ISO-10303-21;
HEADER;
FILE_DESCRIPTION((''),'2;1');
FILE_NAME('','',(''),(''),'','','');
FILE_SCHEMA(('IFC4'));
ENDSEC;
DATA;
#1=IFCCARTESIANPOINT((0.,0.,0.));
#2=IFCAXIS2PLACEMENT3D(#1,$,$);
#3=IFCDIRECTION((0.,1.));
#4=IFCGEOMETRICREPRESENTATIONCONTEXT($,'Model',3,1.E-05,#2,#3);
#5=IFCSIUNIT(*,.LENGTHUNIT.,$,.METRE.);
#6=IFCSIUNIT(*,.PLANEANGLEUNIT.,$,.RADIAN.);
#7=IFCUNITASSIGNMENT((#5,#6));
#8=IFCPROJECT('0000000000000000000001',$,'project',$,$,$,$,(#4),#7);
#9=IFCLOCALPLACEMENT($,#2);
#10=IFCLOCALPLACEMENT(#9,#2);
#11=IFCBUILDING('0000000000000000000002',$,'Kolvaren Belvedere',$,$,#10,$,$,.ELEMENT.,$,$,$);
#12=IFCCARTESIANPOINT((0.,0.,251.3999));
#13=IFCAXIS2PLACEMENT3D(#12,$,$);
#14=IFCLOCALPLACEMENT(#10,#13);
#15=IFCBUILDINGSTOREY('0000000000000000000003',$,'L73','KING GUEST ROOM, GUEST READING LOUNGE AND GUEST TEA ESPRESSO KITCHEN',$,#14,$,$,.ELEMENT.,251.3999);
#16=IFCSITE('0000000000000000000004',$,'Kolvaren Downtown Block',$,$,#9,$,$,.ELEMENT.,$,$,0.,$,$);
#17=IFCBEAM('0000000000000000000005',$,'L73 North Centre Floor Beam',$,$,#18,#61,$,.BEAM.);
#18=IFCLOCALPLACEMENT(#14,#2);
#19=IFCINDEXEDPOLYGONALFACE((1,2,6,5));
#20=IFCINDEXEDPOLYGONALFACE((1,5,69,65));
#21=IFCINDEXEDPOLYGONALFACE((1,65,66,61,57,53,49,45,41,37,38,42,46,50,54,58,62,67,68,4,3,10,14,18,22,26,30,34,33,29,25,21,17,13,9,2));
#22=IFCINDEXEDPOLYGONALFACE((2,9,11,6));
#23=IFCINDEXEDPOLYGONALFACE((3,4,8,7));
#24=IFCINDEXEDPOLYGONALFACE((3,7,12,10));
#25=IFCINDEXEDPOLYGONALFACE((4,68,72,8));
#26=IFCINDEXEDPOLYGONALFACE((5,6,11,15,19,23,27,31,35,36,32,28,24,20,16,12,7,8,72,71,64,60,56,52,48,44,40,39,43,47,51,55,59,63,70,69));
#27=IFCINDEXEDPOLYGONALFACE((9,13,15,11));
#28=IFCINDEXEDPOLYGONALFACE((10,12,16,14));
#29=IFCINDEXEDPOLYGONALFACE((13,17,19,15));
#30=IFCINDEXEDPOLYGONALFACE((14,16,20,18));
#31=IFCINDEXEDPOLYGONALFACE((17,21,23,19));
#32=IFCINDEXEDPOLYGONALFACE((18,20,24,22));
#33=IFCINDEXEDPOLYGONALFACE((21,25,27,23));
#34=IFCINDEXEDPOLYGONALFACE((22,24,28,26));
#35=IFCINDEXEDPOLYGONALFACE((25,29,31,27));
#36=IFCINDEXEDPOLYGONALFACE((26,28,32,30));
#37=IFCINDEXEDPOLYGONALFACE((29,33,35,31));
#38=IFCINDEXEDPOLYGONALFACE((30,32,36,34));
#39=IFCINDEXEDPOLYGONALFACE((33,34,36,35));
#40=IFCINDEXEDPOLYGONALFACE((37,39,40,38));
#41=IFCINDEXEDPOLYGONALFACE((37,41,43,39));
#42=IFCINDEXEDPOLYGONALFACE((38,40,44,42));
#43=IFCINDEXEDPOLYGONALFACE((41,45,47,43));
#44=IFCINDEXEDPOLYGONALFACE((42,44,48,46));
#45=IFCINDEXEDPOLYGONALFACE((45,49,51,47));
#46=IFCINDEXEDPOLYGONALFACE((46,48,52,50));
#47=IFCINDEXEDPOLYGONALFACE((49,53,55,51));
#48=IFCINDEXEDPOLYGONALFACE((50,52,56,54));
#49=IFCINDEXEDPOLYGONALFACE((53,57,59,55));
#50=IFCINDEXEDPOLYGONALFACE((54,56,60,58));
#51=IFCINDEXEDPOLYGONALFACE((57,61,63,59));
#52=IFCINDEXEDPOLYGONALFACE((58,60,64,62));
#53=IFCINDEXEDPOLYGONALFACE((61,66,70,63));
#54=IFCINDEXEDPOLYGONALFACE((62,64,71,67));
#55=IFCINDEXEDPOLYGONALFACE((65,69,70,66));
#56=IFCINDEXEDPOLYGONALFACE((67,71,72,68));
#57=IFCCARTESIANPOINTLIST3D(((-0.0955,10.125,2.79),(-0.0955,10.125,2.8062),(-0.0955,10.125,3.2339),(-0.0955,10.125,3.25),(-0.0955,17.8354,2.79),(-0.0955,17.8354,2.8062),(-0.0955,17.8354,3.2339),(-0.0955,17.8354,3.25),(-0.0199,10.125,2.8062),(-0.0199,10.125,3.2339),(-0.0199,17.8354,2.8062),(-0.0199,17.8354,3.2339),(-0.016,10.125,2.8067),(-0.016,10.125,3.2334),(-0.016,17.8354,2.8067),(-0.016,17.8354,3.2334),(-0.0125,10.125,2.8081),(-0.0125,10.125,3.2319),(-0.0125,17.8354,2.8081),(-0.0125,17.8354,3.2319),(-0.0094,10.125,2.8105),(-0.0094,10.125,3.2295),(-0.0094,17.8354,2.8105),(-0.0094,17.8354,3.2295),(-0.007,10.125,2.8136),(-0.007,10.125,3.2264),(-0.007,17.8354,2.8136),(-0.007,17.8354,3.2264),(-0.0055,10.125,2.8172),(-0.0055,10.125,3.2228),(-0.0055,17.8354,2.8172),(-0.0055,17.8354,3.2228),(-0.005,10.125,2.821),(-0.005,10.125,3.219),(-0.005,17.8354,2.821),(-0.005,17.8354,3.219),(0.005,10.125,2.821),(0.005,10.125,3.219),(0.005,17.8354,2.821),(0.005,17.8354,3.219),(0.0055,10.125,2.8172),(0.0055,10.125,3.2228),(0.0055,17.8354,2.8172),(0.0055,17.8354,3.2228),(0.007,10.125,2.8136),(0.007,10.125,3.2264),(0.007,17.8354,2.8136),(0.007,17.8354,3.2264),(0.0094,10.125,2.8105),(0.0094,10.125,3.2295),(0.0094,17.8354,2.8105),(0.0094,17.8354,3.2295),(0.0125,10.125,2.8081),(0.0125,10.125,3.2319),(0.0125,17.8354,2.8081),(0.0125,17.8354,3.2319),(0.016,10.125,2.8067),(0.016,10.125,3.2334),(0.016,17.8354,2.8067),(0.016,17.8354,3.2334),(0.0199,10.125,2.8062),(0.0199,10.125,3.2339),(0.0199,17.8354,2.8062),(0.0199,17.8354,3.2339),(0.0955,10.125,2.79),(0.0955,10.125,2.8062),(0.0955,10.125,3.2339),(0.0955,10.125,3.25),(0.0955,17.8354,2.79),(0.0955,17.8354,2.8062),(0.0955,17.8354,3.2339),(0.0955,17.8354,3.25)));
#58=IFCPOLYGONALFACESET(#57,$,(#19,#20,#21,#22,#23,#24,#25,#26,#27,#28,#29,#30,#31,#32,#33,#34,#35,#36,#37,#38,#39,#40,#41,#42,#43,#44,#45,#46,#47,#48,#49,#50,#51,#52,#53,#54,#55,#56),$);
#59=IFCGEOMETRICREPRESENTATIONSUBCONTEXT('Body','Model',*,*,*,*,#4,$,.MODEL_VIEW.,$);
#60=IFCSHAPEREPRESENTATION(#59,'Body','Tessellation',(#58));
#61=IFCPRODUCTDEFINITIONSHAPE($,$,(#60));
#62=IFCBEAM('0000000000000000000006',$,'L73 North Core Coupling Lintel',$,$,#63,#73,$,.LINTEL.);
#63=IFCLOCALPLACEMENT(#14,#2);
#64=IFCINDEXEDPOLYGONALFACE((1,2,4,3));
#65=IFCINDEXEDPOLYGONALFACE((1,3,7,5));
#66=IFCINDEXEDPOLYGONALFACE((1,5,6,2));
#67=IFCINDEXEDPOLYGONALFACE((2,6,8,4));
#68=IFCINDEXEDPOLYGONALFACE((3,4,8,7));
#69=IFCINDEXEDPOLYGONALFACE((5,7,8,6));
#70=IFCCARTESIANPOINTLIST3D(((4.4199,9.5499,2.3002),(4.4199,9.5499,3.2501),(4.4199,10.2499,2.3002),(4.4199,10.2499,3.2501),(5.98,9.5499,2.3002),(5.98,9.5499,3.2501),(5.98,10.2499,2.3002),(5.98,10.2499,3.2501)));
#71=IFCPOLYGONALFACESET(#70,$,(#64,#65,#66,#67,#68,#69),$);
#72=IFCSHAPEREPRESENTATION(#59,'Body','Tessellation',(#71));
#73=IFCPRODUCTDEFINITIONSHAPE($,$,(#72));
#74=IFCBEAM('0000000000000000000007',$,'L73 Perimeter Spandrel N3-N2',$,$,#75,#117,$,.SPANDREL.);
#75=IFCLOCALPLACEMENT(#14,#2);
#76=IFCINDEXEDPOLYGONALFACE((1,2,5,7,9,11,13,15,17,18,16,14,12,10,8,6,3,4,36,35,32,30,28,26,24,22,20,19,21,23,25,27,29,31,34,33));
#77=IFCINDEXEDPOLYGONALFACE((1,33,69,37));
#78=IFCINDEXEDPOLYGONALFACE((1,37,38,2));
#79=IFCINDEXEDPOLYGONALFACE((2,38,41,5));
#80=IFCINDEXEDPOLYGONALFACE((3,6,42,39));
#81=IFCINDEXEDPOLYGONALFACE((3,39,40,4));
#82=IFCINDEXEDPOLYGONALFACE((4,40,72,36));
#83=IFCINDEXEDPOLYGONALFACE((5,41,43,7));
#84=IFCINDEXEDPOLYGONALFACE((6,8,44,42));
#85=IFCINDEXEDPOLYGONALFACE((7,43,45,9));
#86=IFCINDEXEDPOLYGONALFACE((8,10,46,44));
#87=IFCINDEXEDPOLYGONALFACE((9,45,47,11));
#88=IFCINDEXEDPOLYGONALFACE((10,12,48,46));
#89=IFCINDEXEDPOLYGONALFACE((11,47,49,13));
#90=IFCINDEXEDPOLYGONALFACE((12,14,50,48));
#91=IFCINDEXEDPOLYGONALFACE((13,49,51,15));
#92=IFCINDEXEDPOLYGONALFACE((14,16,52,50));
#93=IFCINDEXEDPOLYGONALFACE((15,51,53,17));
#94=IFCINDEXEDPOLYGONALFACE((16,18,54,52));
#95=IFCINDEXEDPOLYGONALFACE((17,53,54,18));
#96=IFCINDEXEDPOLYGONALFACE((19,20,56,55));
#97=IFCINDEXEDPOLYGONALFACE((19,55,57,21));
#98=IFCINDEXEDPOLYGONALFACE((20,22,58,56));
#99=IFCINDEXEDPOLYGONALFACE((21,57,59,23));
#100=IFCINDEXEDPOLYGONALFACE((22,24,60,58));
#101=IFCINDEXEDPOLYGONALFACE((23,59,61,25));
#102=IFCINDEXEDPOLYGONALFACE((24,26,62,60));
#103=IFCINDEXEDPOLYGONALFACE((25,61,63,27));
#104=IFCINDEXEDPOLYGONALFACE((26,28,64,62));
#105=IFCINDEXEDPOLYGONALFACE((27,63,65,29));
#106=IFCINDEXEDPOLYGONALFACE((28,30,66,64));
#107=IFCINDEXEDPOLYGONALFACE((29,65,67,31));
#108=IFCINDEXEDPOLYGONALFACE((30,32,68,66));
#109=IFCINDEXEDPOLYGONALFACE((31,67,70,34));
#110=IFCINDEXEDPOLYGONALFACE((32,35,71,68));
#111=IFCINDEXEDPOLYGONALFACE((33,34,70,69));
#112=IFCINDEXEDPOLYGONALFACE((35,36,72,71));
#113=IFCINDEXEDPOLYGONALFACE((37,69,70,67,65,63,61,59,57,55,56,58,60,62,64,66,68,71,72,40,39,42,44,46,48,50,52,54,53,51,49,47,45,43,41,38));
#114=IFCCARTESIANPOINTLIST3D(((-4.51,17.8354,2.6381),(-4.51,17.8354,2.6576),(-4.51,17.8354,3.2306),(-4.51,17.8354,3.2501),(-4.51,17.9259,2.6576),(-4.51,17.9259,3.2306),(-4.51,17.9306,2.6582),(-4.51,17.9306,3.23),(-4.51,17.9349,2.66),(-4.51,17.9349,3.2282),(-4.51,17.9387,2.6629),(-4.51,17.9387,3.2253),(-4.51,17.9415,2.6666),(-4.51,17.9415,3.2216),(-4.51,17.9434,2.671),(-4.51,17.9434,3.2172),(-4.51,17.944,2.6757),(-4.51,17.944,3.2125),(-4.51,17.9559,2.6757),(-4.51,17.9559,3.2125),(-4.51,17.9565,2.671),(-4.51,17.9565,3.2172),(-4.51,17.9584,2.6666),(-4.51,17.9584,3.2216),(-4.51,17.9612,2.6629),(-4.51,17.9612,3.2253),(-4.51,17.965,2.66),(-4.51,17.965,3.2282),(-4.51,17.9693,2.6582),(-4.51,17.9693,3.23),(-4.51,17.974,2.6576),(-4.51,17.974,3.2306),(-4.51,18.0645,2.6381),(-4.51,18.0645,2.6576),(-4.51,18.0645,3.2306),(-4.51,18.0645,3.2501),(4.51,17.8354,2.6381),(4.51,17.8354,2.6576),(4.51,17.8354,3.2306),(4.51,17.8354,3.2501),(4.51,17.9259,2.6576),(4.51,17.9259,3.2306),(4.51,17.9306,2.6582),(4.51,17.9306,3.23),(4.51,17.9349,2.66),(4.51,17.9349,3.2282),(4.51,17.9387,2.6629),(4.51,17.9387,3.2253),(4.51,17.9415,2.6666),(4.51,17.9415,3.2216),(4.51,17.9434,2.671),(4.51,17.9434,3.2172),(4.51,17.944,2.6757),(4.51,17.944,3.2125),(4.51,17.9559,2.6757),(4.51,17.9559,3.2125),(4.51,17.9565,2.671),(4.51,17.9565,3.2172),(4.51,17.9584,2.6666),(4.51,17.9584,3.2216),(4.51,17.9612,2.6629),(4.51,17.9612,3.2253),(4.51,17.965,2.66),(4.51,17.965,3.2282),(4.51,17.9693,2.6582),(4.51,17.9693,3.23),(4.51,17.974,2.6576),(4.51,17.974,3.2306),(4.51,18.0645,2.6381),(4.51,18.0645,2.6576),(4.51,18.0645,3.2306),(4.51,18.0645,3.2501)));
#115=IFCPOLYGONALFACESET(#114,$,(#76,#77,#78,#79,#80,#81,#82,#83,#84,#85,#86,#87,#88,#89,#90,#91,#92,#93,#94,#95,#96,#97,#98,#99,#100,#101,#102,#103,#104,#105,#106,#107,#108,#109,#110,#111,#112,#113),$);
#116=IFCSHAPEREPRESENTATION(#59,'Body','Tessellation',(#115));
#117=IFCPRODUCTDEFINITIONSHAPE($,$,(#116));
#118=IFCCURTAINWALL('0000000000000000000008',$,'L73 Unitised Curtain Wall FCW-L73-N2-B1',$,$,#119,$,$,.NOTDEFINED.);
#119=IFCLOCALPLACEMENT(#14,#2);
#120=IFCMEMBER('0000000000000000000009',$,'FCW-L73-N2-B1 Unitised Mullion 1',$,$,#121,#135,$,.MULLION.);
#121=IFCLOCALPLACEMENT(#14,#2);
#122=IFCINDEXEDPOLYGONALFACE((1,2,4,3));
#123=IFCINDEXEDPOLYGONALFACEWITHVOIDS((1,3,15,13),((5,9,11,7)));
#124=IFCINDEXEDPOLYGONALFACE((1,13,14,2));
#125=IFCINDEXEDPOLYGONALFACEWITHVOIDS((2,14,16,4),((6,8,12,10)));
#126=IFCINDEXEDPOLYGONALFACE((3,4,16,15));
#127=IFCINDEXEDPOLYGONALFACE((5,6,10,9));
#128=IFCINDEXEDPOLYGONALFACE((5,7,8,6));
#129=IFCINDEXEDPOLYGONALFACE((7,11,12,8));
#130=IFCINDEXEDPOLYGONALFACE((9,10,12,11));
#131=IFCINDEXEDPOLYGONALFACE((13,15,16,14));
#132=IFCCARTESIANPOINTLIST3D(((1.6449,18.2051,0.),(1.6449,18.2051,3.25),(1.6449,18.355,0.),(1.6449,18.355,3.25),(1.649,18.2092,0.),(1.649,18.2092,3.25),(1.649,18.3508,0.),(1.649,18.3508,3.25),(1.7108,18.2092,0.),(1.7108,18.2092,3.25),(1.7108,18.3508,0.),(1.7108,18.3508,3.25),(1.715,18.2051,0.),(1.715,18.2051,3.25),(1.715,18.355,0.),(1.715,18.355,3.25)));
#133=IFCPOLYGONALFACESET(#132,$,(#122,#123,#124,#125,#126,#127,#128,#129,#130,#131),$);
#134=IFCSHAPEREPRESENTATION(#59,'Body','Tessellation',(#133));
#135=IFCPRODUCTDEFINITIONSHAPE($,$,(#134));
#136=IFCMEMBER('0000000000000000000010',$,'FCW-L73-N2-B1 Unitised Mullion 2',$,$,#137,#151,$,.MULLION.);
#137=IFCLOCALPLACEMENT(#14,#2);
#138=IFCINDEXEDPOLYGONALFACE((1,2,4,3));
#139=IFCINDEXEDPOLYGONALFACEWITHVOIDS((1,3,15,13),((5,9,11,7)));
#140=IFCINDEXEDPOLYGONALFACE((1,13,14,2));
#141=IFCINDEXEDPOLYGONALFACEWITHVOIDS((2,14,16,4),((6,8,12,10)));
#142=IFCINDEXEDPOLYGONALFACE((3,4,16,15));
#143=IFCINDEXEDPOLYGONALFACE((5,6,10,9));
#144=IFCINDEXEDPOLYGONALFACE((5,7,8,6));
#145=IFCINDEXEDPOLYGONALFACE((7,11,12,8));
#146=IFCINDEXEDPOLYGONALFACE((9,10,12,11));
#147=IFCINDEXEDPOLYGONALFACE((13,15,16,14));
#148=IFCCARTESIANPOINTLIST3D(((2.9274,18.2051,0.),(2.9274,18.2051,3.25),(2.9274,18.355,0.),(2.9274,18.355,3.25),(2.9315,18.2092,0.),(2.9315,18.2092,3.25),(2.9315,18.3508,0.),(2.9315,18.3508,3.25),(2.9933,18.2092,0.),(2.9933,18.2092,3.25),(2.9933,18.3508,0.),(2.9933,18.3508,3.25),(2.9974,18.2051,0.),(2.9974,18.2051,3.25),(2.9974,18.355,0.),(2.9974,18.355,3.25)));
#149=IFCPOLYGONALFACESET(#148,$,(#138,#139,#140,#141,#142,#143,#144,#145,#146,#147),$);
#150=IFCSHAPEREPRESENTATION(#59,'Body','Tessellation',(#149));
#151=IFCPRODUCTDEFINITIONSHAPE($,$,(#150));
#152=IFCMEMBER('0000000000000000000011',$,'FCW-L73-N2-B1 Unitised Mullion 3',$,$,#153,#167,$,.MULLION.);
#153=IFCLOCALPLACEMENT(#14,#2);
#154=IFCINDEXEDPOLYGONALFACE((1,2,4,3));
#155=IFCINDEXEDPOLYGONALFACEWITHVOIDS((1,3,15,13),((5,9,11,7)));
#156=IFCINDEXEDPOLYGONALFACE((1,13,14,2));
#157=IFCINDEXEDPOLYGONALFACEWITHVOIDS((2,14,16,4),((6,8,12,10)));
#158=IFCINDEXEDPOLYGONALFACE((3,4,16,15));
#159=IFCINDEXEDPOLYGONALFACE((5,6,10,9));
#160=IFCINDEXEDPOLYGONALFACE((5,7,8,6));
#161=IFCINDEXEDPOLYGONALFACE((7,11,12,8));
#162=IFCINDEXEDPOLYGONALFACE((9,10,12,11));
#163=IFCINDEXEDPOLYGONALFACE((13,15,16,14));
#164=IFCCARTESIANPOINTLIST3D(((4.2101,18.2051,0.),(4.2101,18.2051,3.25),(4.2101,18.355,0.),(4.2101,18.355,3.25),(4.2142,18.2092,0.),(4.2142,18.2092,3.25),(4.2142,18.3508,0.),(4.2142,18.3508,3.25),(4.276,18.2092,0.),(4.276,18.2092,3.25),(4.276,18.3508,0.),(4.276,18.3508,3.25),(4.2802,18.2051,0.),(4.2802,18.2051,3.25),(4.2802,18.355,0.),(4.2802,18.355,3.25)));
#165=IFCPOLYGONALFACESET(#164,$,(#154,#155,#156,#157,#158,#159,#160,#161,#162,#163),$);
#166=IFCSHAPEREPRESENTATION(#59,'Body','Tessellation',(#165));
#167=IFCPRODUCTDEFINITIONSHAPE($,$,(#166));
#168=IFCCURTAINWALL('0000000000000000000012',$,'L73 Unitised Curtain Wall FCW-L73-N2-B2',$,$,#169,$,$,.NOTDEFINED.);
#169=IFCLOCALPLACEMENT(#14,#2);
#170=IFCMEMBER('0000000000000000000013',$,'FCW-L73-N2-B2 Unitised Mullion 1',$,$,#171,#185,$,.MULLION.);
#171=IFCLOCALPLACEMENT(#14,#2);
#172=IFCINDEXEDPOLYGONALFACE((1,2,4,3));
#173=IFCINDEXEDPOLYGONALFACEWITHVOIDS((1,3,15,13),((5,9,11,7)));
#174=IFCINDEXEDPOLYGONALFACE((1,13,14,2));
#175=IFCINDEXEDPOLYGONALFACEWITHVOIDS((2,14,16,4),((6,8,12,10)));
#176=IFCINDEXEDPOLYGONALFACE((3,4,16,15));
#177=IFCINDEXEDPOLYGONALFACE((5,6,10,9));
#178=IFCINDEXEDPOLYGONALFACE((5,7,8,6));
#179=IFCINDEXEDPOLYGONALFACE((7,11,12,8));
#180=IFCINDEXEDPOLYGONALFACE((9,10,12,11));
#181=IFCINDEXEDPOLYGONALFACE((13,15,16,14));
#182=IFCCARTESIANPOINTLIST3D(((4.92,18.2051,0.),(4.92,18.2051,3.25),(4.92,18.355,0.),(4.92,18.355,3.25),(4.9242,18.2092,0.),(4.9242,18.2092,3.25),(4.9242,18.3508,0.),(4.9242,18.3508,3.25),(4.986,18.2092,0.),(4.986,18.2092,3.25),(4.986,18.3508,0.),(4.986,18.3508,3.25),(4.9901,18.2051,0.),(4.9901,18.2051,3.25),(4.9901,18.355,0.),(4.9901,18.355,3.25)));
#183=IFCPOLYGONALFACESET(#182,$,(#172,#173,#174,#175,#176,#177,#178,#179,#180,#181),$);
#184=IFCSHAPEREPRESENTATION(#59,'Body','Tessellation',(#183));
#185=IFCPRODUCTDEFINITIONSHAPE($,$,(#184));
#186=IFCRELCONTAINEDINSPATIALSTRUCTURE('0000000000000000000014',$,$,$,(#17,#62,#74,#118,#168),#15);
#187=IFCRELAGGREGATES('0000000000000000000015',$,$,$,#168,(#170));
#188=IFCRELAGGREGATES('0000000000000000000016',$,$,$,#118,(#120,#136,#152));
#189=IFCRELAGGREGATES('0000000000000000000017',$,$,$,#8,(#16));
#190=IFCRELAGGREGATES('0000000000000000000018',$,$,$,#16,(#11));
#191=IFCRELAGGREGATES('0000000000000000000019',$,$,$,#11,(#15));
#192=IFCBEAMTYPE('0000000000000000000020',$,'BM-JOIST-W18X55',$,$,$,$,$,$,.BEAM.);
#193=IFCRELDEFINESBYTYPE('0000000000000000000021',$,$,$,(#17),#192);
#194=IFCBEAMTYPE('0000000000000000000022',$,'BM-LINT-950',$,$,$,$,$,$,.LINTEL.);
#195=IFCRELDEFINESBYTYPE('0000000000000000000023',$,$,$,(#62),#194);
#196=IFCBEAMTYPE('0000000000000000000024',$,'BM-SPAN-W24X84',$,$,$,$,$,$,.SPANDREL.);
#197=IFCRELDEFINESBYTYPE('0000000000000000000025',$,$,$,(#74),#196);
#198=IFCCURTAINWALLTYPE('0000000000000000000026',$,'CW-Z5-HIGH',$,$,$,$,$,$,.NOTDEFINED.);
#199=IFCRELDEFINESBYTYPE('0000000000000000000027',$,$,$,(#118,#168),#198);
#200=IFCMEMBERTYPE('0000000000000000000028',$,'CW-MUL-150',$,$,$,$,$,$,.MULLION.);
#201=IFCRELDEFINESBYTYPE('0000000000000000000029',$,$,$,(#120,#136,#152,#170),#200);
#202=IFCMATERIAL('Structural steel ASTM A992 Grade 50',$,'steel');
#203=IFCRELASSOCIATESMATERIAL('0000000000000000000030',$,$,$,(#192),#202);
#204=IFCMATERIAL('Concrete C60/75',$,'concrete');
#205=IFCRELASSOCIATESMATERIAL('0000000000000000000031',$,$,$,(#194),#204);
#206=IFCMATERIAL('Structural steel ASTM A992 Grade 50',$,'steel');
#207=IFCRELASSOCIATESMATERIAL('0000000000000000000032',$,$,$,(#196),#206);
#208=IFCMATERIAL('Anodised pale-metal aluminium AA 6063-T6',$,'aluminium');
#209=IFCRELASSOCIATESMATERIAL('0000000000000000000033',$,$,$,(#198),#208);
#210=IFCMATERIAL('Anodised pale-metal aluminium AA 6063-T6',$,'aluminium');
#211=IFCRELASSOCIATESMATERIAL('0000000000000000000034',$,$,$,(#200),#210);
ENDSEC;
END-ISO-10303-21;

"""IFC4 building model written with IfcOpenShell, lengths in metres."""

from ifc_helpers import new_model, si_unit, direction, frame, origin, origin_2d, place, context, subcontext, project, spatial, rectangle, hollow_rectangle, i_section, extrude, material, material_profile, profile_set, type_object, element, aggregate, save


model = new_model("IFC4")

# Units and contexts
model_context = context("Model", 3, precision=1e-05, world=origin(), true_north=direction((0.0, 1.0)))
body_context = subcontext(model_context, "Body", "Model", "MODEL_VIEW")
ifc_project = project(units=[si_unit("LENGTHUNIT", "METRE"), si_unit("PLANEANGLEUNIT", "RADIAN")], contexts=[model_context])

# Site, building, storey
site_placement = place(None, origin())
site = spatial("IfcSite", under=ifc_project, at=site_placement, Name="Kolvaren Downtown Block", CompositionType="ELEMENT", RefElevation=0.0)
building_placement = place(site_placement, origin())
building = spatial("IfcBuilding", under=site, at=building_placement, Name="Kolvaren Belvedere", CompositionType="ELEMENT")
storey_placement = place(building_placement, frame((0.0, 0.0, 251.3999)))
storey = spatial("IfcBuildingStorey", under=building, at=storey_placement, Name="L73", Description="KING GUEST ROOM, GUEST READING LOUNGE AND GUEST TEA ESPRESSO KITCHEN", CompositionType="ELEMENT", Elevation=251.3999)

# Beams
ifc_material_1 = material(Name="Structural steel ASTM A992 Grade 50", Category="steel")
ifc_material_profile_1 = material_profile(ifc_material_1, i_section(OverallWidth=0.1909, OverallDepth=0.46, WebThickness=0.01, FlangeThickness=0.0161, FilletRadius=0.0149, at=origin_2d()), Name="W18X55")
ifc_profile_set_1 = profile_set([ifc_material_profile_1], Name="Structural steel ASTM A992 Grade 50")
beam_type_1 = type_object("IfcBeamType", Name="BM-JOIST-W18X55", PredefinedType="BEAM", material=ifc_profile_set_1)
beam_1_placement = place(storey_placement, frame((0.0, 10.125, 3.02), z_axis=(0.0, 1.0, 0.0), x_axis=(-1.0, 0.0, 0.0)))
element("IfcBeam", 1, at=beam_1_placement, inside=storey, type_object=beam_type_1, Name="L73 North Centre Floor Beam", PredefinedType="BEAM", context=body_context, shape_type="SweptSolid", body=[
    extrude(i_section(OverallWidth=0.1909, OverallDepth=0.46, WebThickness=0.01, FlangeThickness=0.0161, FilletRadius=0.0149, at=origin_2d()), origin(), (0.0, 0.0, 1.0), 7.7104),
])
ifc_material_2 = material(Name="Concrete C60/75", Category="concrete")
ifc_material_profile_2 = material_profile(ifc_material_2, rectangle(XDim=0.7, YDim=0.95, at=origin_2d()), Name="RC 700X950")
ifc_profile_set_2 = profile_set([ifc_material_profile_2], Name="Concrete C60/75")
beam_type_2 = type_object("IfcBeamType", Name="BM-LINT-950", PredefinedType="LINTEL", material=ifc_profile_set_2)
beam_2_placement = place(storey_placement, frame((4.4199, 9.8999, 2.7751), z_axis=(1.0, 0.0, 0.0), x_axis=(0.0, 1.0, 0.0)))
element("IfcBeam", 2, at=beam_2_placement, inside=storey, type_object=beam_type_2, Name="L73 North Core Coupling Lintel", PredefinedType="LINTEL", context=body_context, shape_type="SweptSolid", body=[
    extrude(rectangle(XDim=0.7, YDim=0.95, at=origin_2d()), origin(), (0.0, 0.0, 1.0), 1.5601),
])
ifc_material_3 = material(Name="Structural steel ASTM A992 Grade 50", Category="steel")
ifc_material_profile_3 = material_profile(ifc_material_3, i_section(OverallWidth=0.229, OverallDepth=0.6121, WebThickness=0.012, FlangeThickness=0.0195, FilletRadius=0.0181, at=origin_2d()), Name="W24X84")
ifc_profile_set_3 = profile_set([ifc_material_profile_3], Name="Structural steel ASTM A992 Grade 50")
beam_type_3 = type_object("IfcBeamType", Name="BM-SPAN-W24X84", PredefinedType="SPANDREL", material=ifc_profile_set_3)
beam_3_placement = place(storey_placement, frame((4.51, 17.95, 2.9441), z_axis=(-1.0, 0.0, 0.0), x_axis=(0.0, -1.0, 0.0)))
element("IfcBeam", 3, at=beam_3_placement, inside=storey, type_object=beam_type_3, Name="L73 Perimeter Spandrel N3-N2", PredefinedType="SPANDREL", context=body_context, shape_type="SweptSolid", body=[
    extrude(i_section(OverallWidth=0.229, OverallDepth=0.6121, WebThickness=0.012, FlangeThickness=0.0195, FilletRadius=0.0181, at=origin_2d()), origin(), (0.0, 0.0, 1.0), 9.02),
])

# Curtain wall, members
ifc_material_4 = material(Name="Anodised pale-metal aluminium AA 6063-T6", Category="aluminium")
curtain_wall_type = type_object("IfcCurtainWallType", Name="CW-Z5-HIGH", PredefinedType="NOTDEFINED", material=ifc_material_4)
curtain_wall_1_placement = place(storey_placement, origin())
curtain_wall_1 = element("IfcCurtainWall", 4, at=curtain_wall_1_placement, inside=storey, type_object=curtain_wall_type, Name="L73 Unitised Curtain Wall FCW-L73-N2-B1", PredefinedType="NOTDEFINED")
ifc_material_5 = material(Name="Anodised pale-metal aluminium AA 6063-T6", Category="aluminium")
ifc_material_profile_4 = material_profile(ifc_material_5, hollow_rectangle(XDim=0.0701, YDim=0.1499, WallThickness=0.0042, at=origin_2d()), Name="ALU-MUL-150X70")
ifc_profile_set_4 = profile_set([ifc_material_profile_4], Name="Anodised pale-metal aluminium AA 6063-T6")
member_type_1 = type_object("IfcMemberType", Name="CW-MUL-150", PredefinedType="MULLION", material=ifc_profile_set_4)
member_1_placement = place(storey_placement, frame((1.6799, 18.28, 0.0), z_axis=(0.0, 0.0, 1.0), x_axis=(1.0, 0.0, 0.0)))
member_1 = element("IfcMember", 5, at=member_1_placement, type_object=member_type_1, Name="FCW-L73-N2-B1 Unitised Mullion 1", PredefinedType="MULLION", context=body_context, shape_type="SweptSolid", body=[
    extrude(hollow_rectangle(XDim=0.0701, YDim=0.1499, WallThickness=0.0042, at=origin_2d()), origin(), (0.0, 0.0, 1.0), 3.25),
])
member_2_placement = place(storey_placement, frame((2.9624, 18.28, 0.0), z_axis=(0.0, 0.0, 1.0), x_axis=(1.0, 0.0, 0.0)))
member_2 = element("IfcMember", 6, at=member_2_placement, type_object=member_type_1, Name="FCW-L73-N2-B1 Unitised Mullion 2", PredefinedType="MULLION", context=body_context, shape_type="SweptSolid", body=[
    extrude(hollow_rectangle(XDim=0.0701, YDim=0.1499, WallThickness=0.0042, at=origin_2d()), origin(), (0.0, 0.0, 1.0), 3.25),
])
member_3_placement = place(storey_placement, frame((4.2451, 18.28, 0.0), z_axis=(0.0, 0.0, 1.0), x_axis=(1.0, 0.0, 0.0)))
member_3 = element("IfcMember", 7, at=member_3_placement, type_object=member_type_1, Name="FCW-L73-N2-B1 Unitised Mullion 3", PredefinedType="MULLION", context=body_context, shape_type="SweptSolid", body=[
    extrude(hollow_rectangle(XDim=0.0701, YDim=0.1499, WallThickness=0.0042, at=origin_2d()), origin(), (0.0, 0.0, 1.0), 3.25),
])

# Curtain wall, member
curtain_wall_2_placement = place(storey_placement, origin())
curtain_wall_2 = element("IfcCurtainWall", 8, at=curtain_wall_2_placement, inside=storey, type_object=curtain_wall_type, Name="L73 Unitised Curtain Wall FCW-L73-N2-B2", PredefinedType="NOTDEFINED")
member_4_placement = place(storey_placement, frame((4.9551, 18.28, 0.0), z_axis=(0.0, 0.0, 1.0), x_axis=(1.0, 0.0, 0.0)))
member_4 = element("IfcMember", 9, at=member_4_placement, type_object=member_type_1, Name="FCW-L73-N2-B2 Unitised Mullion 1", PredefinedType="MULLION", context=body_context, shape_type="SweptSolid", body=[
    extrude(hollow_rectangle(XDim=0.0701, YDim=0.1499, WallThickness=0.0042, at=origin_2d()), origin(), (0.0, 0.0, 1.0), 3.25),
])

aggregate(curtain_wall_2, [member_4])

aggregate(curtain_wall_1, [member_1, member_2, member_3])

save(model, "model.ifc")
